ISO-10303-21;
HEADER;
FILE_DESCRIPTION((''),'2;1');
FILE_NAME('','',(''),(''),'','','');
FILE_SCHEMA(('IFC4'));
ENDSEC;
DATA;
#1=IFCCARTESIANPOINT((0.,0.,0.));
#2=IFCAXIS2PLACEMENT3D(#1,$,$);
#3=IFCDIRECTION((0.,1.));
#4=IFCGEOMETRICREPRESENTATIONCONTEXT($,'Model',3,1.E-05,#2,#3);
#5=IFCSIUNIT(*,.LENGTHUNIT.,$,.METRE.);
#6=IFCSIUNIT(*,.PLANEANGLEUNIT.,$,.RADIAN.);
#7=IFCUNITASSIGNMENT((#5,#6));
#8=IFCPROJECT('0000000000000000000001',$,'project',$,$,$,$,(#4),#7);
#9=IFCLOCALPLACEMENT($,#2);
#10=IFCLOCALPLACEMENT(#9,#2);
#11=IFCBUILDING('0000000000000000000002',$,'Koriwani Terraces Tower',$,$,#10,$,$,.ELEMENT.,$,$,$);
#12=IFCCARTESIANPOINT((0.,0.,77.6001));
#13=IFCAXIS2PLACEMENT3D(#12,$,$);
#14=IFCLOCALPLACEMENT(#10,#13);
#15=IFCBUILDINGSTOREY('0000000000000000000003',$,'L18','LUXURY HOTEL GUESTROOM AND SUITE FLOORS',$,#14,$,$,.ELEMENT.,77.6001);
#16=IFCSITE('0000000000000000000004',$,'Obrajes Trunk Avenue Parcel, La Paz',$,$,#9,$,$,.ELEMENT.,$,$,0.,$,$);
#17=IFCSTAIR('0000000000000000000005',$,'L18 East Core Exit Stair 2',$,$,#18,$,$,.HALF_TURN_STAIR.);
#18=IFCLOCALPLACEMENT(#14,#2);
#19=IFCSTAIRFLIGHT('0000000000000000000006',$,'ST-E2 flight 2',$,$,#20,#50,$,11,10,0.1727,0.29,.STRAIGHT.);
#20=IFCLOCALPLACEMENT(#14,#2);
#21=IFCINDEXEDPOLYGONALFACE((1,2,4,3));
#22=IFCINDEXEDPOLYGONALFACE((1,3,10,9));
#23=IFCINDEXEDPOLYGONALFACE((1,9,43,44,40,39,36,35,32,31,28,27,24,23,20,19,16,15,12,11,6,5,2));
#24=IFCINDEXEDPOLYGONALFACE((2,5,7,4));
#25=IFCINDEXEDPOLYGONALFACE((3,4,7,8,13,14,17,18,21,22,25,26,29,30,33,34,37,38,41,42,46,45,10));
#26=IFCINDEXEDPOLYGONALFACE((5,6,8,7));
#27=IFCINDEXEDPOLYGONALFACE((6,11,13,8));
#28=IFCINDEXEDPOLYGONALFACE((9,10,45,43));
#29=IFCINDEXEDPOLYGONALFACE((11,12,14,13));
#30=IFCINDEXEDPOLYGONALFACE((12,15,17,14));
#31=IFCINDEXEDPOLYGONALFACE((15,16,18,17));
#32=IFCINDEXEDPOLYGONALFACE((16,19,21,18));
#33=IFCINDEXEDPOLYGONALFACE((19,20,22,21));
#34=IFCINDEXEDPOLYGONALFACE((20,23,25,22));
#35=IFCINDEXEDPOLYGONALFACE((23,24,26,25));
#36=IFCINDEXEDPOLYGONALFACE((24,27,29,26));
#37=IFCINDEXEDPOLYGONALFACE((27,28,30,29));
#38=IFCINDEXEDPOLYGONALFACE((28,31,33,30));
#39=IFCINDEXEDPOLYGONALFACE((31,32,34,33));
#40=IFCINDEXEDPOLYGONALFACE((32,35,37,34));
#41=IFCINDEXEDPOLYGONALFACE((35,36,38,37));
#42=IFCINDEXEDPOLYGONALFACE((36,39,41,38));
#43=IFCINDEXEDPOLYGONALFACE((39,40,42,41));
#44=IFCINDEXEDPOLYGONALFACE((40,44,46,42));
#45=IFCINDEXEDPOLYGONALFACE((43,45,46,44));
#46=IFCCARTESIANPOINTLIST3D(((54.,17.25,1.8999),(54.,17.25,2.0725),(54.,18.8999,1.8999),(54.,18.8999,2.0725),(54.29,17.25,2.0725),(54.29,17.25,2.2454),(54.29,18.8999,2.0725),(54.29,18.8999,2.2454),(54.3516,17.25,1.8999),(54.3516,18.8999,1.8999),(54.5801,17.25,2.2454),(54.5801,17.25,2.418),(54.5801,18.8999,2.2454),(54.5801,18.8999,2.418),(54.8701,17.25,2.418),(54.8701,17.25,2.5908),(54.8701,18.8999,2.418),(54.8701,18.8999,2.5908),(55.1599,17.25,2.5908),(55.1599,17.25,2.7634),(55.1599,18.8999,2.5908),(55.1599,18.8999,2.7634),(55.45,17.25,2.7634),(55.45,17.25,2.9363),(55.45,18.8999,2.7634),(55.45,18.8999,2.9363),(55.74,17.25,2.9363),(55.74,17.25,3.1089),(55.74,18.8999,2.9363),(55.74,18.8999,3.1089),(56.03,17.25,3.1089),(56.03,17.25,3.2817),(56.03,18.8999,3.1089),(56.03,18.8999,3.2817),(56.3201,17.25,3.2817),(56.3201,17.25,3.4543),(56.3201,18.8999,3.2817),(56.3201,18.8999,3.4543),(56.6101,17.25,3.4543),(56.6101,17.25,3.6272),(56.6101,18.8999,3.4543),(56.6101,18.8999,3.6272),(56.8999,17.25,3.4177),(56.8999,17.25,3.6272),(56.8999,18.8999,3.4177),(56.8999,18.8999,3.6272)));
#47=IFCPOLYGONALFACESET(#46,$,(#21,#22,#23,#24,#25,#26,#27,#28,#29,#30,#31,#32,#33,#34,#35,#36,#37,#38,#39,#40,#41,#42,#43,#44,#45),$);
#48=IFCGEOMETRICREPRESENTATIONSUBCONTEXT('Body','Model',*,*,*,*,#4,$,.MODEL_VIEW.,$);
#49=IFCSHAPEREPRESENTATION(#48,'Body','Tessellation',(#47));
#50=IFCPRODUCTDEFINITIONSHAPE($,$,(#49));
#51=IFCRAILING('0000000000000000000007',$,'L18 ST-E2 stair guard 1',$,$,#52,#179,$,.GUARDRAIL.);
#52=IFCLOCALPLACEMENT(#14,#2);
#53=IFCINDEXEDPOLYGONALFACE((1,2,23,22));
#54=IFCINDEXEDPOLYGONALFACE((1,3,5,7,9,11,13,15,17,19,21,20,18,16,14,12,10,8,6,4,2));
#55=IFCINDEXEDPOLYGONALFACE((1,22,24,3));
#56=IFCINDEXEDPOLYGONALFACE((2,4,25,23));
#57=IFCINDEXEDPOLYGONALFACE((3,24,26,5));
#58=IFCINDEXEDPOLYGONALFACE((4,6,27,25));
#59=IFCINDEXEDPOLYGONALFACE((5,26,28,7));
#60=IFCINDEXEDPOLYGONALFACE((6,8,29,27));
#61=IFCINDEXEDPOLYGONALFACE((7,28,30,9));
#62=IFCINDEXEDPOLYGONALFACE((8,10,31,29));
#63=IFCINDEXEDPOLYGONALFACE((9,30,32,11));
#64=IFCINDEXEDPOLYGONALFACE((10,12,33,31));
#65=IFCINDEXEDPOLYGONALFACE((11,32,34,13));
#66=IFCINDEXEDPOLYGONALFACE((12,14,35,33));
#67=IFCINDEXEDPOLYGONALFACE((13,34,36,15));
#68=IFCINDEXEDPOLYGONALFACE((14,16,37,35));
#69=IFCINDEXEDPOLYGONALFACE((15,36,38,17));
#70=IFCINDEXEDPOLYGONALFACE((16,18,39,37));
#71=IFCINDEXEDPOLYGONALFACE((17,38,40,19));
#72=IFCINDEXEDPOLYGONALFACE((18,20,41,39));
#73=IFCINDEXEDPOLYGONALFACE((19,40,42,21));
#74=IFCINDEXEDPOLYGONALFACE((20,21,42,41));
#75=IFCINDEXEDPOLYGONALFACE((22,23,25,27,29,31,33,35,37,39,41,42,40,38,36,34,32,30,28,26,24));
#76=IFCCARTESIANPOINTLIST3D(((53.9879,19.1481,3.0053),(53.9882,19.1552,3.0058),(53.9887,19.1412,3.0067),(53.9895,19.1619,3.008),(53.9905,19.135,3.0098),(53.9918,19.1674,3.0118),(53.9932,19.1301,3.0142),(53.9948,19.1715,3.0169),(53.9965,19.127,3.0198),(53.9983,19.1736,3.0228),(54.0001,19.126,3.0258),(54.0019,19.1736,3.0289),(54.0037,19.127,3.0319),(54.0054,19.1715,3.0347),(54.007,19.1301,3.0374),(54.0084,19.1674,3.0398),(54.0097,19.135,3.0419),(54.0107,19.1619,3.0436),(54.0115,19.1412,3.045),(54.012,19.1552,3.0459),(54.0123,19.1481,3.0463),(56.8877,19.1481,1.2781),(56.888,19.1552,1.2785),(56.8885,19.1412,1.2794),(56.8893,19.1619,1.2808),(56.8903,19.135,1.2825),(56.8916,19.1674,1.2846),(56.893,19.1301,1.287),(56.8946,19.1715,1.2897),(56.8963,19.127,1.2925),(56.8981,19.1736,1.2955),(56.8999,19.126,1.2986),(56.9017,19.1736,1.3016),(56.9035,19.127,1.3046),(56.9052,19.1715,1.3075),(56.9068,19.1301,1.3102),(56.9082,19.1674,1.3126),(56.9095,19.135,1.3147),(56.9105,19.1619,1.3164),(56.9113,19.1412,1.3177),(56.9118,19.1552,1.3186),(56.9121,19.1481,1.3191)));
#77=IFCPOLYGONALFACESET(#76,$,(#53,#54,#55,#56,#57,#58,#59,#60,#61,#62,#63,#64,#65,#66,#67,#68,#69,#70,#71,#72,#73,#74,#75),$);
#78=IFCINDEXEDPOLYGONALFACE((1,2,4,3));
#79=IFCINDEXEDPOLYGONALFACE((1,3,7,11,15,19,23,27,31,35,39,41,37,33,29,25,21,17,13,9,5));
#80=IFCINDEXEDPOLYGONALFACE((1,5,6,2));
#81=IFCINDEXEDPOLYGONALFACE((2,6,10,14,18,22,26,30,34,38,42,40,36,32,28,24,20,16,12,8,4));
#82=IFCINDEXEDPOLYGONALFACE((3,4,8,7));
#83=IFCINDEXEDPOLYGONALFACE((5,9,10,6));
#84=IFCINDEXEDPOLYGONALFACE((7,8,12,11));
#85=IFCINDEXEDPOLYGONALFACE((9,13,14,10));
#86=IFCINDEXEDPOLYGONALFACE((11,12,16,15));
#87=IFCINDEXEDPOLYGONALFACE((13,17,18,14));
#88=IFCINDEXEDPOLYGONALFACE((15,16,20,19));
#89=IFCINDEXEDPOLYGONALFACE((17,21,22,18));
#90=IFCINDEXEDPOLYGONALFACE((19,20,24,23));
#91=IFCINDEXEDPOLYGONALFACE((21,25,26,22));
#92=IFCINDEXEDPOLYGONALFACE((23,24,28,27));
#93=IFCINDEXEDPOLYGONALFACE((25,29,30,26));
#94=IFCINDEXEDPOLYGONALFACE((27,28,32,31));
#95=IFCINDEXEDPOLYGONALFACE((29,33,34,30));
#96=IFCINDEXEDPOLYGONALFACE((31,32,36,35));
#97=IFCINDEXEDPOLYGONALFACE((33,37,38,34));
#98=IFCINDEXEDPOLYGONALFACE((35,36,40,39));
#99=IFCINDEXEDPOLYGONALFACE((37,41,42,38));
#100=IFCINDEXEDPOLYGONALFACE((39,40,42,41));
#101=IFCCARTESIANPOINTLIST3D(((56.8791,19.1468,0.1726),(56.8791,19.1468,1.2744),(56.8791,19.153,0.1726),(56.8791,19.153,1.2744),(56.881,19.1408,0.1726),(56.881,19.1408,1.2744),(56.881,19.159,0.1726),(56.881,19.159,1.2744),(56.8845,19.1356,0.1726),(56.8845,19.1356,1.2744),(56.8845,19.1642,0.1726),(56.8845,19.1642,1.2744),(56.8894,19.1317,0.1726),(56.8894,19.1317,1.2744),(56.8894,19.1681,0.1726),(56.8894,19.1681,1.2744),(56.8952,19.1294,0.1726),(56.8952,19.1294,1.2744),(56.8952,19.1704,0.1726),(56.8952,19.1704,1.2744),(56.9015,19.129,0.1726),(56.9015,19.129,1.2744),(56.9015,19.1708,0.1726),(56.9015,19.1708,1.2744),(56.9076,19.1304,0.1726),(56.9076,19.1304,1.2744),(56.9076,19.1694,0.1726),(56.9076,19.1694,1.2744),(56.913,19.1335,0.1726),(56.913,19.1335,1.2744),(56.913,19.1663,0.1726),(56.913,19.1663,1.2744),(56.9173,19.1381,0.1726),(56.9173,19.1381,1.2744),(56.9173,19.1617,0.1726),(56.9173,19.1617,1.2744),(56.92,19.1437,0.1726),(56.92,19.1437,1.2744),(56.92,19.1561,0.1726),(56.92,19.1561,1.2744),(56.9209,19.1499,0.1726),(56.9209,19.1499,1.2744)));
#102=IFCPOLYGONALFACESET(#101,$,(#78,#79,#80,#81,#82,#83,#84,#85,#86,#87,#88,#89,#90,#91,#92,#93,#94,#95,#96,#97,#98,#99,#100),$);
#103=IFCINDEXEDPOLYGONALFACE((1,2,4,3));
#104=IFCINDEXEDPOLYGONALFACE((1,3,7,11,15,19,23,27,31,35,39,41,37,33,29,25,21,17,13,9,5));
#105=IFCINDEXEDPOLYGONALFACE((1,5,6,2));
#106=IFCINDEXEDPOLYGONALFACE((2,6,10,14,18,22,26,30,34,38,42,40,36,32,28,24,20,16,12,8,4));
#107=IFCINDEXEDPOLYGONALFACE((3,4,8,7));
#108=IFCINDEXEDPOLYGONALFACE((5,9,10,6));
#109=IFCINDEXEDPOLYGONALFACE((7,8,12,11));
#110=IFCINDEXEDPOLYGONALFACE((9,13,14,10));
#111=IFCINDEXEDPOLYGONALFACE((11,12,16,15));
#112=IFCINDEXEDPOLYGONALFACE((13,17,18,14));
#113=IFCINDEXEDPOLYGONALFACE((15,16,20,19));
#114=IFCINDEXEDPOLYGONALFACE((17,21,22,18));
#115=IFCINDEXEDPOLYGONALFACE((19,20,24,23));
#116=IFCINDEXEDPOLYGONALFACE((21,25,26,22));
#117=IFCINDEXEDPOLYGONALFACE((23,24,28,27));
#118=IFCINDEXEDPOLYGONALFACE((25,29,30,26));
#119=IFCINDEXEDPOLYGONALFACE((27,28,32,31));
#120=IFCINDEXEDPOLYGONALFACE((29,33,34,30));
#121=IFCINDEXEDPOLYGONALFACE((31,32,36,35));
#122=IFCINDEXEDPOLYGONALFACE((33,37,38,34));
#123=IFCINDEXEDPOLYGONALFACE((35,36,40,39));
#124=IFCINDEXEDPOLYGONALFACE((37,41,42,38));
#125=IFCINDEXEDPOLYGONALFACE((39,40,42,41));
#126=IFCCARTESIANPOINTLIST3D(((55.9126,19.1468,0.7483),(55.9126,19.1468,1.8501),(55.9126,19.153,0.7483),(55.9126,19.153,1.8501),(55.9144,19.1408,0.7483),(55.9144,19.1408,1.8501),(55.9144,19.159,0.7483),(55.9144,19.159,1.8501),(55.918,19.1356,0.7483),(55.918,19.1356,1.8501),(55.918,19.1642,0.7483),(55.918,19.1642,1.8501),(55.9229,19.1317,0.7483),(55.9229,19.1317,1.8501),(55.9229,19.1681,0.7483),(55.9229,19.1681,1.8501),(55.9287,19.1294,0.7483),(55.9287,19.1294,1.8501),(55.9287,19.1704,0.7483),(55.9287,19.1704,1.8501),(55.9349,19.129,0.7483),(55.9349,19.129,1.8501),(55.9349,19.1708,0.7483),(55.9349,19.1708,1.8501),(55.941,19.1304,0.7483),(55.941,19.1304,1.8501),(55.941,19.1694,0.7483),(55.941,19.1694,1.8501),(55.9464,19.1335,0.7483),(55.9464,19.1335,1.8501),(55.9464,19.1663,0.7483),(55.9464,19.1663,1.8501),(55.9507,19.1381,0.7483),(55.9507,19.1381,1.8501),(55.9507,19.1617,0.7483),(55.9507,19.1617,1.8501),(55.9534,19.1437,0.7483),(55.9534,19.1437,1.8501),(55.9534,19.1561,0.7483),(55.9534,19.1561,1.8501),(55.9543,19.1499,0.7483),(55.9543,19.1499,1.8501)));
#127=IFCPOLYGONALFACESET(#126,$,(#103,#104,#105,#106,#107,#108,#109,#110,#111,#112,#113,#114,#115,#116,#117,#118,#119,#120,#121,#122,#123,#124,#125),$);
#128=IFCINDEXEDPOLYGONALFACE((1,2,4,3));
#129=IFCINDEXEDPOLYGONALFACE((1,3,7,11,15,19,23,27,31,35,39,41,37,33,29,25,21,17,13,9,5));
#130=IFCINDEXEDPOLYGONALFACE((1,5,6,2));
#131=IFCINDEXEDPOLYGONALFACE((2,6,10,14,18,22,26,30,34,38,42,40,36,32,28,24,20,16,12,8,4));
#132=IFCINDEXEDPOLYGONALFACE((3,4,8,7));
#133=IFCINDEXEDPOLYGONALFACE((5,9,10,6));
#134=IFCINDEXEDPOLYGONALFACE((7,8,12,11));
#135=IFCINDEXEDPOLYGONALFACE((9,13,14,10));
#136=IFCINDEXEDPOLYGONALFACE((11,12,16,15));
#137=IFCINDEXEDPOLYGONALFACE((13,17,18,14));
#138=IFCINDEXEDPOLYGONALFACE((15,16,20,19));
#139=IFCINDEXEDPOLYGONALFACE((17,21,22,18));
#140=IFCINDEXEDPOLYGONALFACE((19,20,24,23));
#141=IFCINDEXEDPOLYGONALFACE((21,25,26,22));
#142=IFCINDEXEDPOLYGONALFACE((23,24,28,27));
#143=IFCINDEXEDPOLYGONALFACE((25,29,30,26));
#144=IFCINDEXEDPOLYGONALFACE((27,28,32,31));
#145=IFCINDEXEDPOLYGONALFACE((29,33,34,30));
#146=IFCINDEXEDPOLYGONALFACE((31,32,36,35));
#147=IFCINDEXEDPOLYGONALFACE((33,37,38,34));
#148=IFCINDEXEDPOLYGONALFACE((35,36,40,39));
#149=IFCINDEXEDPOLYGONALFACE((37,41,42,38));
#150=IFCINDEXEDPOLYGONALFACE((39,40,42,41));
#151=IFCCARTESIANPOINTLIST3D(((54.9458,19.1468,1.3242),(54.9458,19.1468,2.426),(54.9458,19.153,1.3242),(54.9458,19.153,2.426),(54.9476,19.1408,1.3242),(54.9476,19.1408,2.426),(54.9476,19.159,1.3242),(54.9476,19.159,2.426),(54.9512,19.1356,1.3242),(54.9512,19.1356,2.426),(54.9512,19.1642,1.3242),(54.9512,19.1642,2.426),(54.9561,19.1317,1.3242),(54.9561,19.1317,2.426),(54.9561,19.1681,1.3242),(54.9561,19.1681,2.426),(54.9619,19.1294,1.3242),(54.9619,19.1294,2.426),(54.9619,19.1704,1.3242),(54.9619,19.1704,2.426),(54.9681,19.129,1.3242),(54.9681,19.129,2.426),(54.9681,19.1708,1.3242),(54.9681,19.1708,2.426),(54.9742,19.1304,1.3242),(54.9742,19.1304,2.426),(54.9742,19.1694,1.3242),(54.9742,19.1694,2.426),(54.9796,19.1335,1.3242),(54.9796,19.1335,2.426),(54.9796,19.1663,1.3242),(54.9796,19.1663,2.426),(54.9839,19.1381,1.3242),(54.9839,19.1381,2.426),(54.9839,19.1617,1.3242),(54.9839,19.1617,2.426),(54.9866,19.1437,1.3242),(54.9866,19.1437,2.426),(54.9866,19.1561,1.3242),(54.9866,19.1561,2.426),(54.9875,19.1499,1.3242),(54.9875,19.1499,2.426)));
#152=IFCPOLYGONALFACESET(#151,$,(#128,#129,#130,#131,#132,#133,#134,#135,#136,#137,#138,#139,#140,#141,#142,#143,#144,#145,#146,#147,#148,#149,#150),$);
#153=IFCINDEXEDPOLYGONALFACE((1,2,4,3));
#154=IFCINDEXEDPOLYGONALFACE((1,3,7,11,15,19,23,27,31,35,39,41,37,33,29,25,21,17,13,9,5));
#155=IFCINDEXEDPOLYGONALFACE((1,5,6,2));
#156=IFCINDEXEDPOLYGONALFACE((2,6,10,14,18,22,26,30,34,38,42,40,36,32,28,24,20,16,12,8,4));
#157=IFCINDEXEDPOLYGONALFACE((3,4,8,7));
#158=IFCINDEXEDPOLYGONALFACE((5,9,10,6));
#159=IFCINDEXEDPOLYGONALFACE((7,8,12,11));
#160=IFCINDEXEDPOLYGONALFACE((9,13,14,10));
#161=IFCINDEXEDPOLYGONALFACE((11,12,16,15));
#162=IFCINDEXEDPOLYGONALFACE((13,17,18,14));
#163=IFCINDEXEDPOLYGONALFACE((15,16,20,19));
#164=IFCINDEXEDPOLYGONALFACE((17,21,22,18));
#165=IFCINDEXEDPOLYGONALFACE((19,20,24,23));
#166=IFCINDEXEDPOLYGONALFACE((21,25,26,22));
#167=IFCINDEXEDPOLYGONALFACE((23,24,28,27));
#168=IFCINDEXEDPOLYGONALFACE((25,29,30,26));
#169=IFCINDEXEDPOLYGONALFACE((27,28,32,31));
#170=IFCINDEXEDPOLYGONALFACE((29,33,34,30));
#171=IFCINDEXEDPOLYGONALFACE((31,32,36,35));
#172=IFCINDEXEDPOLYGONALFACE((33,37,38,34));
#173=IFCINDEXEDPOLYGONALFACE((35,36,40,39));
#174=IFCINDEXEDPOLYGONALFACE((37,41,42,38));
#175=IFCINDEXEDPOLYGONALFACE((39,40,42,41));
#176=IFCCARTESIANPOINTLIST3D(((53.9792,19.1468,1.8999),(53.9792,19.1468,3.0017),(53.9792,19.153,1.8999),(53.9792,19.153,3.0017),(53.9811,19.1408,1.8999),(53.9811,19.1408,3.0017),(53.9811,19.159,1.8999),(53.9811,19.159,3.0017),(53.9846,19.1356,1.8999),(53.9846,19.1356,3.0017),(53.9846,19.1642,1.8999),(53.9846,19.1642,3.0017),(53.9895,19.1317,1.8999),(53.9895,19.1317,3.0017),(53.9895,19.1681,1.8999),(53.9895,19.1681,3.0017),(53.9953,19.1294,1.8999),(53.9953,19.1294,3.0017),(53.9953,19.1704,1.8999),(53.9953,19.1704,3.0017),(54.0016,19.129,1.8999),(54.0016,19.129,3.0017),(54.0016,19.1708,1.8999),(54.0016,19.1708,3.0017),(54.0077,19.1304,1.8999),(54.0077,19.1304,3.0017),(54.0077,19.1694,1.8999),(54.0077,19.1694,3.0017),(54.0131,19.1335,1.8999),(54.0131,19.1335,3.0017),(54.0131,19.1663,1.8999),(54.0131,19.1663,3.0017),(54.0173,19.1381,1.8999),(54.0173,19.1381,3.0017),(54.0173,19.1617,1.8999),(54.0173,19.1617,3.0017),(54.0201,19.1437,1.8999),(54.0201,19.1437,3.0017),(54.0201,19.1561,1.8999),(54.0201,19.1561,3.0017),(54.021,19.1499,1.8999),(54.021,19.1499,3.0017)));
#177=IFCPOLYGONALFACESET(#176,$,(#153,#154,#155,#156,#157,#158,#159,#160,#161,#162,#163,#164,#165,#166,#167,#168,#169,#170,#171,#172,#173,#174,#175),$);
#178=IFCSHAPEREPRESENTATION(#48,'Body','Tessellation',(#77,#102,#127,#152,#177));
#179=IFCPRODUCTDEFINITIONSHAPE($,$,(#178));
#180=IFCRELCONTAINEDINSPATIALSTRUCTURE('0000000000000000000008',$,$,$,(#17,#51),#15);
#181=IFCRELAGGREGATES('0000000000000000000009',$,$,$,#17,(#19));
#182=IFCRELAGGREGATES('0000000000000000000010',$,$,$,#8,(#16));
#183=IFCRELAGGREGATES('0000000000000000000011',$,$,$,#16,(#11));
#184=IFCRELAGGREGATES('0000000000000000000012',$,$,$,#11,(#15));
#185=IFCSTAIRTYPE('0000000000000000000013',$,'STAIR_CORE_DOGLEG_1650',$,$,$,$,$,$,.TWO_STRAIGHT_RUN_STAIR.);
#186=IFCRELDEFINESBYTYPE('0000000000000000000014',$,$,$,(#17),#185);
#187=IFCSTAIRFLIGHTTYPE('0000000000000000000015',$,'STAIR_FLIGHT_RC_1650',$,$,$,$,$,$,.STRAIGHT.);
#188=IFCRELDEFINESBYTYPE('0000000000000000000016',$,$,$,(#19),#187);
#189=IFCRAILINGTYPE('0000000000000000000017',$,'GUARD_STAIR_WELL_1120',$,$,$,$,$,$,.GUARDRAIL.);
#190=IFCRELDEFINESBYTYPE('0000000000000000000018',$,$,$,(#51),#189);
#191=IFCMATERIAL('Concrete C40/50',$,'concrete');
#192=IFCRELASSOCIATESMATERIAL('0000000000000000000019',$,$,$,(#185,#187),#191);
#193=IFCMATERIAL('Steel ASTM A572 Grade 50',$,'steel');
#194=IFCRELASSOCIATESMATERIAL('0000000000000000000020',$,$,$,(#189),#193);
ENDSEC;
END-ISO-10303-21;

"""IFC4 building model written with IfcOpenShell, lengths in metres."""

from ifc_helpers import new_model, si_unit, direction, frame, origin, origin_2d, place, context, subcontext, project, spatial, polyline, circle, outline, extrude, material, type_object, element, aggregate, save


model = new_model("IFC4")

# Units and contexts
model_context = context("Model", 3, precision=1e-05, world=origin(), true_north=direction((0.0, 1.0)))
body_context = subcontext(model_context, "Body", "Model", "MODEL_VIEW")
ifc_project = project(units=[si_unit("LENGTHUNIT", "METRE"), si_unit("PLANEANGLEUNIT", "RADIAN")], contexts=[model_context])

# Site, building, storey
site_placement = place(None, origin())
site = spatial("IfcSite", under=ifc_project, at=site_placement, Name="Obrajes Trunk Avenue Parcel, La Paz", CompositionType="ELEMENT", RefElevation=0.0)
building_placement = place(site_placement, origin())
building = spatial("IfcBuilding", under=site, at=building_placement, Name="Koriwani Terraces Tower", CompositionType="ELEMENT")
storey_placement = place(building_placement, frame((0.0, 0.0, 77.6001)))
storey = spatial("IfcBuildingStorey", under=building, at=storey_placement, Name="L18", Description="LUXURY HOTEL GUESTROOM AND SUITE FLOORS", CompositionType="ELEMENT", Elevation=77.6001)

# Shared definitions
ifc_material_1 = material(Name="Concrete C40/50", Category="concrete")
ifc_material_2 = material(Name="Steel ASTM A572 Grade 50", Category="steel")

# Stair, stair flight
stair_type = type_object("IfcStairType", Name="STAIR_CORE_DOGLEG_1650", PredefinedType="TWO_STRAIGHT_RUN_STAIR", material=ifc_material_1)
stair_placement = place(storey_placement, origin())
stair = element("IfcStair", 1, at=stair_placement, inside=storey, type_object=stair_type, Name="L18 East Core Exit Stair 2", PredefinedType="HALF_TURN_STAIR")
stair_flight_type = type_object("IfcStairFlightType", Name="STAIR_FLIGHT_RC_1650", PredefinedType="STRAIGHT", material=ifc_material_1)
stair_flight_1_placement = place(storey_placement, frame((54.0, 18.075, 1.8999), z_axis=(0.0, 0.0, 1.0), x_axis=(1.0, 0.0, 0.0)))
stair_flight_1 = element("IfcStairFlight", 2, at=stair_flight_1_placement, type_object=stair_flight_type, Name="ST-E2 flight 2", NumberOfRisers=11, NumberOfTreads=10, PredefinedType="STRAIGHT", RiserHeight=0.1727, TreadLength=0.29, context=body_context, shape_type="SweptSolid", body=[
    extrude(outline(polyline([(0.0, 0.0), (0.0, 0.1726), (0.29, 0.1726), (0.29, 0.3455), (0.5801, 0.3455), (0.5801, 0.5181), (0.8701, 0.5181), (0.8701, 0.6909), (1.1599, 0.6909), (1.1599, 0.8635), (1.45, 0.8635), (1.45, 1.0364), (1.74, 1.0364), (1.74, 1.209), (2.03, 1.209), (2.03, 1.3818), (2.3201, 1.3818), (2.3201, 1.5544), (2.6101, 1.5544), (2.6101, 1.7273), (2.8999, 1.7273), (2.8999, 1.8999), (2.8999, 1.5178), (0.3516, 0.0), (0.0, 0.0)])), frame((0.0, 0.825, 0.0), z_axis=(0.0, -1.0, 0.0), x_axis=(1.0, 0.0, 0.0)), (0.0, 0.0, 1.0), 1.6499),
])
aggregate(stair, [stair_flight_1])

# Railing
railing_type_1 = type_object("IfcRailingType", Name="GUARD_STAIR_WELL_1120", PredefinedType="GUARDRAIL", material=ifc_material_2)
railing_1_placement = place(storey_placement, frame((56.8999, 19.1499, 0.1726)))
element("IfcRailing", 3, at=railing_1_placement, inside=storey, type_object=railing_type_1, Name="L18 ST-E2 stair guard 1", PredefinedType="GUARDRAIL", context=body_context, shape_type="SweptSolid", body=[
    extrude(circle(Radius=0.0239, at=origin_2d()), frame((0.0, 0.0, 1.126), z_axis=(-0.859141, 0.0, 0.511738), x_axis=(0.0, -1.0, 0.0)), (0.0, 0.0, 1.0), 3.3752),
    extrude(circle(Radius=0.021, at=origin_2d()), origin(), (0.0, 0.0, 1.0), 1.1018),
    extrude(circle(Radius=0.021, at=origin_2d()), frame((-0.9666, 0.0, 0.5757)), (0.0, 0.0, 1.0), 1.1018),
    extrude(circle(Radius=0.021, at=origin_2d()), frame((-1.9333, 0.0, 1.1516)), (0.0, 0.0, 1.0), 1.1018),
    extrude(circle(Radius=0.021, at=origin_2d()), frame((-2.8999, 0.0, 1.7273)), (0.0, 0.0, 1.0), 1.1018),
])

save(model, "model.ifc")
